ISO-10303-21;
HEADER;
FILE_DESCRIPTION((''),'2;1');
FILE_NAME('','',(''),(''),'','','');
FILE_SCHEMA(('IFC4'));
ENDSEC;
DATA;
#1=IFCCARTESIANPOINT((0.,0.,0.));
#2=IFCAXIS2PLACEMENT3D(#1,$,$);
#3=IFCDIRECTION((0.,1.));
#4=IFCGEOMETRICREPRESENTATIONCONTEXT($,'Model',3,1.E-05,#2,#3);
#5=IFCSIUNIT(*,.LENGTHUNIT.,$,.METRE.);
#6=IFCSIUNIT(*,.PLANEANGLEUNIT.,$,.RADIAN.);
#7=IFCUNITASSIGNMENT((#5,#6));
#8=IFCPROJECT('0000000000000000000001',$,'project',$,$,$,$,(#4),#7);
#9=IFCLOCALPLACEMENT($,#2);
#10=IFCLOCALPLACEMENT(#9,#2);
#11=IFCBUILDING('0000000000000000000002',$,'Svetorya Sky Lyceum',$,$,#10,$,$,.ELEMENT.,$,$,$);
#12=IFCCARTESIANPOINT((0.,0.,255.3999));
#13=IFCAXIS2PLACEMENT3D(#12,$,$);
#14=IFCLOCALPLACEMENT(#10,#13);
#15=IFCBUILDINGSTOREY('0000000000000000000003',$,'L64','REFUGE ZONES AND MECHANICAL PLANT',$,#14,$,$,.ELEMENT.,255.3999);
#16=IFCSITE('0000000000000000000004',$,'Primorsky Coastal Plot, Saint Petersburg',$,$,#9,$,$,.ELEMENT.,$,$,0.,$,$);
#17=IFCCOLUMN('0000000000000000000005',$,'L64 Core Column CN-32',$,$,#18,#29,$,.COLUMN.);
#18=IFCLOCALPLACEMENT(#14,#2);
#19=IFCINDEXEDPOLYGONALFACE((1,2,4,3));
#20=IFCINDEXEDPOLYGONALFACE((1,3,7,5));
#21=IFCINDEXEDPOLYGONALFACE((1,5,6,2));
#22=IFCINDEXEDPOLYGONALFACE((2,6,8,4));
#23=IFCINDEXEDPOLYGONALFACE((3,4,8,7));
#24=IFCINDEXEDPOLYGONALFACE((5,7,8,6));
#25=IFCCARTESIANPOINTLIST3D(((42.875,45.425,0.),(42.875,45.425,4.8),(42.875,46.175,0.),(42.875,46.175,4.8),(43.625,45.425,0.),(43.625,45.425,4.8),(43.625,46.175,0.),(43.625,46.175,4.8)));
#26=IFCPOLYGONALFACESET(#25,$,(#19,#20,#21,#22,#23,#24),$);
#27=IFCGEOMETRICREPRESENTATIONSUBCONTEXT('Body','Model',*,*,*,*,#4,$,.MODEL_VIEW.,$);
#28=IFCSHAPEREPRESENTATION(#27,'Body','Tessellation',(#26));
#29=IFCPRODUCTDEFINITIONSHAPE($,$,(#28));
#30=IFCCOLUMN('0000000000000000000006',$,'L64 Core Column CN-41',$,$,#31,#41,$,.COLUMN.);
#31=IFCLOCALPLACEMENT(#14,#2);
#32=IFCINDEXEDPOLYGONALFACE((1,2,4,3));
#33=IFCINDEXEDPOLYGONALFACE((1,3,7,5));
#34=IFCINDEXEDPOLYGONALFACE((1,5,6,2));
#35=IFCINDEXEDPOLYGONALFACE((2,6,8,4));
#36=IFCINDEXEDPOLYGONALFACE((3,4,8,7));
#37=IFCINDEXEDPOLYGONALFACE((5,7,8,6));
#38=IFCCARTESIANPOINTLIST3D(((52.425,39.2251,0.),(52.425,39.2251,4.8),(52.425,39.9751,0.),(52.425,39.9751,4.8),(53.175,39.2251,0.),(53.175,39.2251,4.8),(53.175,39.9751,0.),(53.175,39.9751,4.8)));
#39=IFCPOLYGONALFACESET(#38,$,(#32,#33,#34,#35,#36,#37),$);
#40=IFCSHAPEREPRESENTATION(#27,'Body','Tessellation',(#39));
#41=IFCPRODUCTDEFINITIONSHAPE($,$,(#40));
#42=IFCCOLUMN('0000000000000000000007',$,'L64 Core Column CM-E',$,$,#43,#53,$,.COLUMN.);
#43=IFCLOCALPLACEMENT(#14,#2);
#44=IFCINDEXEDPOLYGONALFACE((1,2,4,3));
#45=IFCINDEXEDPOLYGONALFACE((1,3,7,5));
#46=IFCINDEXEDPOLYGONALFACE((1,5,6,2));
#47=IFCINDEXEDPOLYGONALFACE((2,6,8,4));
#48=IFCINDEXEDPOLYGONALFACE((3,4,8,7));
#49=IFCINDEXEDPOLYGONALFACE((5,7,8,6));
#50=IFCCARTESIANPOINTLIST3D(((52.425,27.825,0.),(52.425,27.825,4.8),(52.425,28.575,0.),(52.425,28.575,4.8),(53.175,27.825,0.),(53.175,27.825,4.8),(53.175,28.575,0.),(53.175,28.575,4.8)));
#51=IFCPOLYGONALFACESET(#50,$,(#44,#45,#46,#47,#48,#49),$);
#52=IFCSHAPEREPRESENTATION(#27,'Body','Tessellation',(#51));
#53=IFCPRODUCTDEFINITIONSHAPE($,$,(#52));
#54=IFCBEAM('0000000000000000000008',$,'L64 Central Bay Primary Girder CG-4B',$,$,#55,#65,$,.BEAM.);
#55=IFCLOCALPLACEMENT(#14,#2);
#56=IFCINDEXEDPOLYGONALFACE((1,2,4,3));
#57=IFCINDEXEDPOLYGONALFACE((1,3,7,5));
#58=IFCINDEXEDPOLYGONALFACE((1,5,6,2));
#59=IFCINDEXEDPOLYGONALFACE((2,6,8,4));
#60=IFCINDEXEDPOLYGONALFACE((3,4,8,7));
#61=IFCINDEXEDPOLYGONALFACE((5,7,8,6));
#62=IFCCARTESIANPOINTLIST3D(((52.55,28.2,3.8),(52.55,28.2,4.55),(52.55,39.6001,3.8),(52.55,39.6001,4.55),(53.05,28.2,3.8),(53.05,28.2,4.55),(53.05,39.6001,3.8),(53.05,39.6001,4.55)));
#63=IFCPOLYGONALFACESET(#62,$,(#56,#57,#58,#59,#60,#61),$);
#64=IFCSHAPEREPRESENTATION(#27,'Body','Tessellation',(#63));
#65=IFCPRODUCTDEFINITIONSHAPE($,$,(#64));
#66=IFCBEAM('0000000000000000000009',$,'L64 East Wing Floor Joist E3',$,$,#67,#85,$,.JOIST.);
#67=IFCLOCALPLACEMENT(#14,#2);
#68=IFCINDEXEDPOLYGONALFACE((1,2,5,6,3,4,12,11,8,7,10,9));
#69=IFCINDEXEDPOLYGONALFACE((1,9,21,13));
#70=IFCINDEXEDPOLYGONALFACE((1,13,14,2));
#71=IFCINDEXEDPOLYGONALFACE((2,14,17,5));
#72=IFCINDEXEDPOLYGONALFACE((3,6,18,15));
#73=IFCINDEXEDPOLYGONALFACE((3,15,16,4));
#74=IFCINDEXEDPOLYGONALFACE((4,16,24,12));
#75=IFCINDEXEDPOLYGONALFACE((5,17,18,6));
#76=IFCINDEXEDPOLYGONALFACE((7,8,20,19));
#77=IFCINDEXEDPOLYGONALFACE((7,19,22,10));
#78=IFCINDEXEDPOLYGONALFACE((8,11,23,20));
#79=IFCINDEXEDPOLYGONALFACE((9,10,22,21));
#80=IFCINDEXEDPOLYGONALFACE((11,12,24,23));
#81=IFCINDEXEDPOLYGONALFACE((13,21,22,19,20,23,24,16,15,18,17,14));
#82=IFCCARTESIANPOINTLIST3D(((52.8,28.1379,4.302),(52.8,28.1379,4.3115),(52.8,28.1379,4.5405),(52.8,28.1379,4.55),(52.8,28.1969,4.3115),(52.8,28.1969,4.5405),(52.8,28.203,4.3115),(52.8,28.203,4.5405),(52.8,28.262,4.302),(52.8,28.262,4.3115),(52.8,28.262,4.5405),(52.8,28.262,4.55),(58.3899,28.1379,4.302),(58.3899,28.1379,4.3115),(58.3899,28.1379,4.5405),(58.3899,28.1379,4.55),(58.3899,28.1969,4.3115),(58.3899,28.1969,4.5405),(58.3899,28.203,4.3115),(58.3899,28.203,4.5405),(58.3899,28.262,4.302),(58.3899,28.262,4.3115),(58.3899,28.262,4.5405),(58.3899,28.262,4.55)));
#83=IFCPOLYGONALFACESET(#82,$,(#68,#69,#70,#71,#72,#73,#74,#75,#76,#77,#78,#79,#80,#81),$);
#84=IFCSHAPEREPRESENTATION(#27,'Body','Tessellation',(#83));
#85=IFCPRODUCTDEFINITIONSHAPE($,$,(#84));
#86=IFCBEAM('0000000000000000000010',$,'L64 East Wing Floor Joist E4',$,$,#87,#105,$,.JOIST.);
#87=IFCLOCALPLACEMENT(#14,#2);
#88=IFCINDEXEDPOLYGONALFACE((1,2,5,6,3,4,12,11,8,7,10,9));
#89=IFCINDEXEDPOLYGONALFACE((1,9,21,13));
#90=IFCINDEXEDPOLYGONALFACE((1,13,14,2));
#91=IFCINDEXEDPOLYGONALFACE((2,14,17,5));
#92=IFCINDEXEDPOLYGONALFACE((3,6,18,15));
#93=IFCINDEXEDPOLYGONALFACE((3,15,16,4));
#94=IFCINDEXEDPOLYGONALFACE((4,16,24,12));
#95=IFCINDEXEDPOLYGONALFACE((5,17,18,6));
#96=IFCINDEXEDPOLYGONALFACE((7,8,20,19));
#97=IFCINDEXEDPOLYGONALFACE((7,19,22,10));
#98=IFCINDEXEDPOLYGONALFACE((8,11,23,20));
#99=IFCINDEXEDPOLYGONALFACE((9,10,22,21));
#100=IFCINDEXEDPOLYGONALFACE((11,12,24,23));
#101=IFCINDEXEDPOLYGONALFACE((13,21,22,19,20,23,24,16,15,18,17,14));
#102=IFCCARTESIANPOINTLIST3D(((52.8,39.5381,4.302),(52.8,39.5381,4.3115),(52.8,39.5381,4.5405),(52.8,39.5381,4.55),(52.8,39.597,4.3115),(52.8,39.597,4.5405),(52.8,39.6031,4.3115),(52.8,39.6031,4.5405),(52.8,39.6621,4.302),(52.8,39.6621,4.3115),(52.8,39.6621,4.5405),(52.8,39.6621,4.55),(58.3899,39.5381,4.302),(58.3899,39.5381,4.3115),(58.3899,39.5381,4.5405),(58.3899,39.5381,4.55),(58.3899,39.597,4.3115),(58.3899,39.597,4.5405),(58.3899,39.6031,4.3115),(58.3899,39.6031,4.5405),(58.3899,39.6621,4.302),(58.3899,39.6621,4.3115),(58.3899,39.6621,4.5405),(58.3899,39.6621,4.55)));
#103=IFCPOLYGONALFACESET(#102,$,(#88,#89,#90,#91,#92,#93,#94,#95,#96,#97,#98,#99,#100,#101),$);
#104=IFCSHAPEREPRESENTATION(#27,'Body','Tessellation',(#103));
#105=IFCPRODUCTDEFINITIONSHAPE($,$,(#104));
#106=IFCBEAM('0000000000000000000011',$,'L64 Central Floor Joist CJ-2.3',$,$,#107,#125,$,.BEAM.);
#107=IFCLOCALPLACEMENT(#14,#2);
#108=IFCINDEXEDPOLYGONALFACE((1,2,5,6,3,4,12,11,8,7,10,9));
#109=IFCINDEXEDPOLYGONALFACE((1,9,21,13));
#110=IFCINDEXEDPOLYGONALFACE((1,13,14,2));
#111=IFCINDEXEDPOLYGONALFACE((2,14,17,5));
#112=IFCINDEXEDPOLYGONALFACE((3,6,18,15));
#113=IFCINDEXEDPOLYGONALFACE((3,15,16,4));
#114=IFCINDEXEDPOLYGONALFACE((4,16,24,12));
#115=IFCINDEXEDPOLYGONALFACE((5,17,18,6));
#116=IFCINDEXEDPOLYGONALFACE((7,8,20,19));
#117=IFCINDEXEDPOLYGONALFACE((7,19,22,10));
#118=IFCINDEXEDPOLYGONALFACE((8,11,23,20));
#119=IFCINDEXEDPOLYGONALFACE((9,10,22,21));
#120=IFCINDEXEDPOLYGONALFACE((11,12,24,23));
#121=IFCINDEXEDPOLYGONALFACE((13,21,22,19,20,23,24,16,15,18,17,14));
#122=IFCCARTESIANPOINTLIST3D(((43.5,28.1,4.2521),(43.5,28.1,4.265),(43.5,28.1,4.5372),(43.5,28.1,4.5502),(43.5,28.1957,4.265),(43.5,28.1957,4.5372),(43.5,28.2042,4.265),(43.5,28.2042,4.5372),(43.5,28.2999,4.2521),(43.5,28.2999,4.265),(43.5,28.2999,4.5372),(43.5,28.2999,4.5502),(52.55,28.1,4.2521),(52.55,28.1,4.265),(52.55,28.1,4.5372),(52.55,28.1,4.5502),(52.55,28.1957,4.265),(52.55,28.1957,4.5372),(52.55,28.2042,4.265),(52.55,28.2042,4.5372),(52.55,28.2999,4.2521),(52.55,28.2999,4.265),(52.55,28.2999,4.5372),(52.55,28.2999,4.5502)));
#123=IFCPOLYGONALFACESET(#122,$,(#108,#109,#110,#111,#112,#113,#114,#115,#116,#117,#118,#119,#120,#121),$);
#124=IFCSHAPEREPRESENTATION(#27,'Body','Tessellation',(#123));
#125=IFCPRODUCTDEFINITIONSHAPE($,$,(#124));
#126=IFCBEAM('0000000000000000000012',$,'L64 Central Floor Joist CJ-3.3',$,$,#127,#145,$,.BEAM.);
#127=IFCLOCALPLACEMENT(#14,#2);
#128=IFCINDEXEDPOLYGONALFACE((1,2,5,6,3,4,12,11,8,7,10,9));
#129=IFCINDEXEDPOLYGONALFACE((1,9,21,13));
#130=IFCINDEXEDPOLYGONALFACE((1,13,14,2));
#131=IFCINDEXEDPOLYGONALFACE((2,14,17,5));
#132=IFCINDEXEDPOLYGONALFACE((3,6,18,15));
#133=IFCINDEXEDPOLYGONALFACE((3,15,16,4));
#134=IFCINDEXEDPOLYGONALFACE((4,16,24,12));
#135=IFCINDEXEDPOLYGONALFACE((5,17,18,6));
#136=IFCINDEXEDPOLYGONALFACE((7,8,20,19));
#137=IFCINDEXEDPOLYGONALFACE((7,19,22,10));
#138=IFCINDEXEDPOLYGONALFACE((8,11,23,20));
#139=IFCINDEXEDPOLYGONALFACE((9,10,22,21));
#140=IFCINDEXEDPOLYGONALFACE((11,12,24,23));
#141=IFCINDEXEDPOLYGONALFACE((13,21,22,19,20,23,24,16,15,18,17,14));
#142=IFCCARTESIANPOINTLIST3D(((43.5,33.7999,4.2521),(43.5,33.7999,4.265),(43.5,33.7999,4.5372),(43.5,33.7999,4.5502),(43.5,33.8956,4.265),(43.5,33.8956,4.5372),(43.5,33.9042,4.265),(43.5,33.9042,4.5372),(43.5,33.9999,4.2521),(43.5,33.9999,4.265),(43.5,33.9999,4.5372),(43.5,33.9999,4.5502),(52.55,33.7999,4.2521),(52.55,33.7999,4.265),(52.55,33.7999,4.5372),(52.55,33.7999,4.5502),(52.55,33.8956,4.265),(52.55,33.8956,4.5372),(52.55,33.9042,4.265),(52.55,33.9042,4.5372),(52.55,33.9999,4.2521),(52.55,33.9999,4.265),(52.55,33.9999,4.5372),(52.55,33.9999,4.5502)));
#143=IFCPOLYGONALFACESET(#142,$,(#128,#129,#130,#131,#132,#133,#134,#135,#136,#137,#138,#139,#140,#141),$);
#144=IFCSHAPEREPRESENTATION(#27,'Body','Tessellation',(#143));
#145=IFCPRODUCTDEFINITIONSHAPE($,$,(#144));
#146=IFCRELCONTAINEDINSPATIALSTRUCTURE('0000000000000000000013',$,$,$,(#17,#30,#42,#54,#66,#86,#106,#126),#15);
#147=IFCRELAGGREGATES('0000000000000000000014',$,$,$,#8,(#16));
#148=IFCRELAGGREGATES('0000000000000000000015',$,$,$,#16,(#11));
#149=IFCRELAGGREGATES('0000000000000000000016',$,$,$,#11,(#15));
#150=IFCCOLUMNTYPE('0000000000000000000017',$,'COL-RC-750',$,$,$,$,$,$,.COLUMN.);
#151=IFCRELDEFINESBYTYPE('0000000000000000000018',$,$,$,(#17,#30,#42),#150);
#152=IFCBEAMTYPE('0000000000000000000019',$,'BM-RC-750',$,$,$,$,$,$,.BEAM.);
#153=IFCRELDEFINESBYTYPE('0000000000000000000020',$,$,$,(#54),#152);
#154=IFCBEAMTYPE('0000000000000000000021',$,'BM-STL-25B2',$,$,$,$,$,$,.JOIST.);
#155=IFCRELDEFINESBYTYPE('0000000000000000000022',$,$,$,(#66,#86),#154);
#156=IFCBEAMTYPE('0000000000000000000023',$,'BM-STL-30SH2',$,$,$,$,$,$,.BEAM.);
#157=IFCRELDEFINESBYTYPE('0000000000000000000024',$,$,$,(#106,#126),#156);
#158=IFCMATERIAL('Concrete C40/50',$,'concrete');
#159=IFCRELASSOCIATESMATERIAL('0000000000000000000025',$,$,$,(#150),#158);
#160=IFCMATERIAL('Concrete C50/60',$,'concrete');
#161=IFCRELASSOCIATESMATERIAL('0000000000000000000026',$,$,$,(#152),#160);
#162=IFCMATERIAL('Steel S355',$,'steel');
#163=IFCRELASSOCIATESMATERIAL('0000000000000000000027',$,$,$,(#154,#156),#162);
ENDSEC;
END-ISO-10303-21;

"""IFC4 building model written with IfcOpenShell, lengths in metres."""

from ifc_helpers import new_model, si_unit, direction, frame, origin, origin_2d, place, context, subcontext, project, spatial, rectangle, i_section, extrude, material, material_profile, profile_set, type_object, element, save


model = new_model("IFC4")

# Units and contexts
model_context = context("Model", 3, precision=1e-05, world=origin(), true_north=direction((0.0, 1.0)))
body_context = subcontext(model_context, "Body", "Model", "MODEL_VIEW")
ifc_project = project(units=[si_unit("LENGTHUNIT", "METRE"), si_unit("PLANEANGLEUNIT", "RADIAN")], contexts=[model_context])

# Site, building, storey
site_placement = place(None, origin())
site = spatial("IfcSite", under=ifc_project, at=site_placement, Name="Primorsky Coastal Plot, Saint Petersburg", CompositionType="ELEMENT", RefElevation=0.0)
building_placement = place(site_placement, origin())
building = spatial("IfcBuilding", under=site, at=building_placement, Name="Svetorya Sky Lyceum", CompositionType="ELEMENT")
storey_placement = place(building_placement, frame((0.0, 0.0, 255.3999)))
storey = spatial("IfcBuildingStorey", under=building, at=storey_placement, Name="L64", Description="REFUGE ZONES AND MECHANICAL PLANT", CompositionType="ELEMENT", Elevation=255.3999)

# Columns
ifc_material_1 = material(Name="Concrete C40/50", Category="concrete")
ifc_material_profile_1 = material_profile(ifc_material_1, rectangle(XDim=0.75, YDim=0.75, at=origin_2d()), Name="RC COL 750x750")
ifc_profile_set_1 = profile_set([ifc_material_profile_1], Name="Concrete C40/50")
column_type = type_object("IfcColumnType", Name="COL-RC-750", PredefinedType="COLUMN", material=ifc_profile_set_1)
for number, where, z_axis, x_axis, name in (
    (1, (43.25, 45.8, 0.0), (0.0, 0.0, 1.0), (1.0, 0.0, 0.0), "L64 Core Column CN-32"),
    (2, (52.8, 39.6001, 0.0), (0.0, 0.0, 1.0), (1.0, 0.0, 0.0), "L64 Core Column CN-41"),
    (3, (52.8, 28.2, 0.0), (0.0, 0.0, 1.0), (1.0, 0.0, 0.0), "L64 Core Column CM-E"),
):
    element("IfcColumn", number, at=place(storey_placement, frame(where, z_axis=z_axis, x_axis=x_axis)), inside=storey, type_object=column_type, Name=name, PredefinedType="COLUMN", context=body_context, shape_type="SweptSolid", body=[
        extrude(rectangle(XDim=0.75, YDim=0.75, at=origin_2d()), origin(), (0.0, 0.0, 1.0), 4.8),
    ])

# Beams
ifc_material_2 = material(Name="Concrete C50/60", Category="concrete")
ifc_material_profile_2 = material_profile(ifc_material_2, rectangle(XDim=0.5, YDim=0.75, at=origin_2d()), Name="RC BEAM 500x750")
ifc_profile_set_2 = profile_set([ifc_material_profile_2], Name="Concrete C50/60")
beam_type_1 = type_object("IfcBeamType", Name="BM-RC-750", PredefinedType="BEAM", material=ifc_profile_set_2)
beam_placement = place(storey_placement, frame((52.8, 28.2, 4.175), z_axis=(0.0, 1.0, 0.0), x_axis=(-1.0, 0.0, 0.0)))
element("IfcBeam", 4, at=beam_placement, inside=storey, type_object=beam_type_1, Name="L64 Central Bay Primary Girder CG-4B", PredefinedType="BEAM", context=body_context, shape_type="SweptSolid", body=[
    extrude(rectangle(XDim=0.5, YDim=0.75, at=origin_2d()), origin(), (0.0, 0.0, 1.0), 11.4001),
])
ifc_material_3 = material(Name="Steel S355", Category="steel")
ifc_material_profile_3 = material_profile(ifc_material_3, i_section(OverallWidth=0.124, OverallDepth=0.248, WebThickness=0.0061, FlangeThickness=0.0095, at=origin_2d()), Name="GOST 25B2")
ifc_profile_set_3 = profile_set([ifc_material_profile_3], Name="Steel S355")
beam_type_2 = type_object("IfcBeamType", Name="BM-STL-25B2", PredefinedType="JOIST", material=ifc_profile_set_3)
for number, where, z_axis, x_axis, name in (
    (5, (52.8, 28.2, 4.426), (1.0, 0.0, 0.0), (0.0, 1.0, 0.0), "L64 East Wing Floor Joist E3"),
    (6, (52.8, 39.6001, 4.426), (1.0, 0.0, 0.0), (0.0, 1.0, 0.0), "L64 East Wing Floor Joist E4"),
):
    element("IfcBeam", number, at=place(storey_placement, frame(where, z_axis=z_axis, x_axis=x_axis)), inside=storey, type_object=beam_type_2, Name=name, PredefinedType="JOIST", context=body_context, shape_type="SweptSolid", body=[
        extrude(i_section(OverallWidth=0.124, OverallDepth=0.248, WebThickness=0.0061, FlangeThickness=0.0095, at=origin_2d()), origin(), (0.0, 0.0, 1.0), 5.5898),
    ])
ifc_material_profile_4 = material_profile(ifc_material_3, i_section(OverallWidth=0.2, OverallDepth=0.2981, WebThickness=0.0085, FlangeThickness=0.0129, at=origin_2d()), Name="GOST 30Sh2")
ifc_profile_set_4 = profile_set([ifc_material_profile_4], Name="Steel S355")
beam_type_3 = type_object("IfcBeamType", Name="BM-STL-30SH2", PredefinedType="BEAM", material=ifc_profile_set_4)
for number, where, z_axis, x_axis, name in (
    (7, (43.5, 28.2, 4.4011), (1.0, 0.0, 0.0), (0.0, 1.0, 0.0), "L64 Central Floor Joist CJ-2.3"),
    (8, (43.5, 33.8999, 4.4011), (1.0, 0.0, 0.0), (0.0, 1.0, 0.0), "L64 Central Floor Joist CJ-3.3"),
):
    element("IfcBeam", number, at=place(storey_placement, frame(where, z_axis=z_axis, x_axis=x_axis)), inside=storey, type_object=beam_type_3, Name=name, PredefinedType="BEAM", context=body_context, shape_type="SweptSolid", body=[
        extrude(i_section(OverallWidth=0.2, OverallDepth=0.2981, WebThickness=0.0085, FlangeThickness=0.0129, at=origin_2d()), origin(), (0.0, 0.0, 1.0), 9.05),
    ])

save(model, "model.ifc")
